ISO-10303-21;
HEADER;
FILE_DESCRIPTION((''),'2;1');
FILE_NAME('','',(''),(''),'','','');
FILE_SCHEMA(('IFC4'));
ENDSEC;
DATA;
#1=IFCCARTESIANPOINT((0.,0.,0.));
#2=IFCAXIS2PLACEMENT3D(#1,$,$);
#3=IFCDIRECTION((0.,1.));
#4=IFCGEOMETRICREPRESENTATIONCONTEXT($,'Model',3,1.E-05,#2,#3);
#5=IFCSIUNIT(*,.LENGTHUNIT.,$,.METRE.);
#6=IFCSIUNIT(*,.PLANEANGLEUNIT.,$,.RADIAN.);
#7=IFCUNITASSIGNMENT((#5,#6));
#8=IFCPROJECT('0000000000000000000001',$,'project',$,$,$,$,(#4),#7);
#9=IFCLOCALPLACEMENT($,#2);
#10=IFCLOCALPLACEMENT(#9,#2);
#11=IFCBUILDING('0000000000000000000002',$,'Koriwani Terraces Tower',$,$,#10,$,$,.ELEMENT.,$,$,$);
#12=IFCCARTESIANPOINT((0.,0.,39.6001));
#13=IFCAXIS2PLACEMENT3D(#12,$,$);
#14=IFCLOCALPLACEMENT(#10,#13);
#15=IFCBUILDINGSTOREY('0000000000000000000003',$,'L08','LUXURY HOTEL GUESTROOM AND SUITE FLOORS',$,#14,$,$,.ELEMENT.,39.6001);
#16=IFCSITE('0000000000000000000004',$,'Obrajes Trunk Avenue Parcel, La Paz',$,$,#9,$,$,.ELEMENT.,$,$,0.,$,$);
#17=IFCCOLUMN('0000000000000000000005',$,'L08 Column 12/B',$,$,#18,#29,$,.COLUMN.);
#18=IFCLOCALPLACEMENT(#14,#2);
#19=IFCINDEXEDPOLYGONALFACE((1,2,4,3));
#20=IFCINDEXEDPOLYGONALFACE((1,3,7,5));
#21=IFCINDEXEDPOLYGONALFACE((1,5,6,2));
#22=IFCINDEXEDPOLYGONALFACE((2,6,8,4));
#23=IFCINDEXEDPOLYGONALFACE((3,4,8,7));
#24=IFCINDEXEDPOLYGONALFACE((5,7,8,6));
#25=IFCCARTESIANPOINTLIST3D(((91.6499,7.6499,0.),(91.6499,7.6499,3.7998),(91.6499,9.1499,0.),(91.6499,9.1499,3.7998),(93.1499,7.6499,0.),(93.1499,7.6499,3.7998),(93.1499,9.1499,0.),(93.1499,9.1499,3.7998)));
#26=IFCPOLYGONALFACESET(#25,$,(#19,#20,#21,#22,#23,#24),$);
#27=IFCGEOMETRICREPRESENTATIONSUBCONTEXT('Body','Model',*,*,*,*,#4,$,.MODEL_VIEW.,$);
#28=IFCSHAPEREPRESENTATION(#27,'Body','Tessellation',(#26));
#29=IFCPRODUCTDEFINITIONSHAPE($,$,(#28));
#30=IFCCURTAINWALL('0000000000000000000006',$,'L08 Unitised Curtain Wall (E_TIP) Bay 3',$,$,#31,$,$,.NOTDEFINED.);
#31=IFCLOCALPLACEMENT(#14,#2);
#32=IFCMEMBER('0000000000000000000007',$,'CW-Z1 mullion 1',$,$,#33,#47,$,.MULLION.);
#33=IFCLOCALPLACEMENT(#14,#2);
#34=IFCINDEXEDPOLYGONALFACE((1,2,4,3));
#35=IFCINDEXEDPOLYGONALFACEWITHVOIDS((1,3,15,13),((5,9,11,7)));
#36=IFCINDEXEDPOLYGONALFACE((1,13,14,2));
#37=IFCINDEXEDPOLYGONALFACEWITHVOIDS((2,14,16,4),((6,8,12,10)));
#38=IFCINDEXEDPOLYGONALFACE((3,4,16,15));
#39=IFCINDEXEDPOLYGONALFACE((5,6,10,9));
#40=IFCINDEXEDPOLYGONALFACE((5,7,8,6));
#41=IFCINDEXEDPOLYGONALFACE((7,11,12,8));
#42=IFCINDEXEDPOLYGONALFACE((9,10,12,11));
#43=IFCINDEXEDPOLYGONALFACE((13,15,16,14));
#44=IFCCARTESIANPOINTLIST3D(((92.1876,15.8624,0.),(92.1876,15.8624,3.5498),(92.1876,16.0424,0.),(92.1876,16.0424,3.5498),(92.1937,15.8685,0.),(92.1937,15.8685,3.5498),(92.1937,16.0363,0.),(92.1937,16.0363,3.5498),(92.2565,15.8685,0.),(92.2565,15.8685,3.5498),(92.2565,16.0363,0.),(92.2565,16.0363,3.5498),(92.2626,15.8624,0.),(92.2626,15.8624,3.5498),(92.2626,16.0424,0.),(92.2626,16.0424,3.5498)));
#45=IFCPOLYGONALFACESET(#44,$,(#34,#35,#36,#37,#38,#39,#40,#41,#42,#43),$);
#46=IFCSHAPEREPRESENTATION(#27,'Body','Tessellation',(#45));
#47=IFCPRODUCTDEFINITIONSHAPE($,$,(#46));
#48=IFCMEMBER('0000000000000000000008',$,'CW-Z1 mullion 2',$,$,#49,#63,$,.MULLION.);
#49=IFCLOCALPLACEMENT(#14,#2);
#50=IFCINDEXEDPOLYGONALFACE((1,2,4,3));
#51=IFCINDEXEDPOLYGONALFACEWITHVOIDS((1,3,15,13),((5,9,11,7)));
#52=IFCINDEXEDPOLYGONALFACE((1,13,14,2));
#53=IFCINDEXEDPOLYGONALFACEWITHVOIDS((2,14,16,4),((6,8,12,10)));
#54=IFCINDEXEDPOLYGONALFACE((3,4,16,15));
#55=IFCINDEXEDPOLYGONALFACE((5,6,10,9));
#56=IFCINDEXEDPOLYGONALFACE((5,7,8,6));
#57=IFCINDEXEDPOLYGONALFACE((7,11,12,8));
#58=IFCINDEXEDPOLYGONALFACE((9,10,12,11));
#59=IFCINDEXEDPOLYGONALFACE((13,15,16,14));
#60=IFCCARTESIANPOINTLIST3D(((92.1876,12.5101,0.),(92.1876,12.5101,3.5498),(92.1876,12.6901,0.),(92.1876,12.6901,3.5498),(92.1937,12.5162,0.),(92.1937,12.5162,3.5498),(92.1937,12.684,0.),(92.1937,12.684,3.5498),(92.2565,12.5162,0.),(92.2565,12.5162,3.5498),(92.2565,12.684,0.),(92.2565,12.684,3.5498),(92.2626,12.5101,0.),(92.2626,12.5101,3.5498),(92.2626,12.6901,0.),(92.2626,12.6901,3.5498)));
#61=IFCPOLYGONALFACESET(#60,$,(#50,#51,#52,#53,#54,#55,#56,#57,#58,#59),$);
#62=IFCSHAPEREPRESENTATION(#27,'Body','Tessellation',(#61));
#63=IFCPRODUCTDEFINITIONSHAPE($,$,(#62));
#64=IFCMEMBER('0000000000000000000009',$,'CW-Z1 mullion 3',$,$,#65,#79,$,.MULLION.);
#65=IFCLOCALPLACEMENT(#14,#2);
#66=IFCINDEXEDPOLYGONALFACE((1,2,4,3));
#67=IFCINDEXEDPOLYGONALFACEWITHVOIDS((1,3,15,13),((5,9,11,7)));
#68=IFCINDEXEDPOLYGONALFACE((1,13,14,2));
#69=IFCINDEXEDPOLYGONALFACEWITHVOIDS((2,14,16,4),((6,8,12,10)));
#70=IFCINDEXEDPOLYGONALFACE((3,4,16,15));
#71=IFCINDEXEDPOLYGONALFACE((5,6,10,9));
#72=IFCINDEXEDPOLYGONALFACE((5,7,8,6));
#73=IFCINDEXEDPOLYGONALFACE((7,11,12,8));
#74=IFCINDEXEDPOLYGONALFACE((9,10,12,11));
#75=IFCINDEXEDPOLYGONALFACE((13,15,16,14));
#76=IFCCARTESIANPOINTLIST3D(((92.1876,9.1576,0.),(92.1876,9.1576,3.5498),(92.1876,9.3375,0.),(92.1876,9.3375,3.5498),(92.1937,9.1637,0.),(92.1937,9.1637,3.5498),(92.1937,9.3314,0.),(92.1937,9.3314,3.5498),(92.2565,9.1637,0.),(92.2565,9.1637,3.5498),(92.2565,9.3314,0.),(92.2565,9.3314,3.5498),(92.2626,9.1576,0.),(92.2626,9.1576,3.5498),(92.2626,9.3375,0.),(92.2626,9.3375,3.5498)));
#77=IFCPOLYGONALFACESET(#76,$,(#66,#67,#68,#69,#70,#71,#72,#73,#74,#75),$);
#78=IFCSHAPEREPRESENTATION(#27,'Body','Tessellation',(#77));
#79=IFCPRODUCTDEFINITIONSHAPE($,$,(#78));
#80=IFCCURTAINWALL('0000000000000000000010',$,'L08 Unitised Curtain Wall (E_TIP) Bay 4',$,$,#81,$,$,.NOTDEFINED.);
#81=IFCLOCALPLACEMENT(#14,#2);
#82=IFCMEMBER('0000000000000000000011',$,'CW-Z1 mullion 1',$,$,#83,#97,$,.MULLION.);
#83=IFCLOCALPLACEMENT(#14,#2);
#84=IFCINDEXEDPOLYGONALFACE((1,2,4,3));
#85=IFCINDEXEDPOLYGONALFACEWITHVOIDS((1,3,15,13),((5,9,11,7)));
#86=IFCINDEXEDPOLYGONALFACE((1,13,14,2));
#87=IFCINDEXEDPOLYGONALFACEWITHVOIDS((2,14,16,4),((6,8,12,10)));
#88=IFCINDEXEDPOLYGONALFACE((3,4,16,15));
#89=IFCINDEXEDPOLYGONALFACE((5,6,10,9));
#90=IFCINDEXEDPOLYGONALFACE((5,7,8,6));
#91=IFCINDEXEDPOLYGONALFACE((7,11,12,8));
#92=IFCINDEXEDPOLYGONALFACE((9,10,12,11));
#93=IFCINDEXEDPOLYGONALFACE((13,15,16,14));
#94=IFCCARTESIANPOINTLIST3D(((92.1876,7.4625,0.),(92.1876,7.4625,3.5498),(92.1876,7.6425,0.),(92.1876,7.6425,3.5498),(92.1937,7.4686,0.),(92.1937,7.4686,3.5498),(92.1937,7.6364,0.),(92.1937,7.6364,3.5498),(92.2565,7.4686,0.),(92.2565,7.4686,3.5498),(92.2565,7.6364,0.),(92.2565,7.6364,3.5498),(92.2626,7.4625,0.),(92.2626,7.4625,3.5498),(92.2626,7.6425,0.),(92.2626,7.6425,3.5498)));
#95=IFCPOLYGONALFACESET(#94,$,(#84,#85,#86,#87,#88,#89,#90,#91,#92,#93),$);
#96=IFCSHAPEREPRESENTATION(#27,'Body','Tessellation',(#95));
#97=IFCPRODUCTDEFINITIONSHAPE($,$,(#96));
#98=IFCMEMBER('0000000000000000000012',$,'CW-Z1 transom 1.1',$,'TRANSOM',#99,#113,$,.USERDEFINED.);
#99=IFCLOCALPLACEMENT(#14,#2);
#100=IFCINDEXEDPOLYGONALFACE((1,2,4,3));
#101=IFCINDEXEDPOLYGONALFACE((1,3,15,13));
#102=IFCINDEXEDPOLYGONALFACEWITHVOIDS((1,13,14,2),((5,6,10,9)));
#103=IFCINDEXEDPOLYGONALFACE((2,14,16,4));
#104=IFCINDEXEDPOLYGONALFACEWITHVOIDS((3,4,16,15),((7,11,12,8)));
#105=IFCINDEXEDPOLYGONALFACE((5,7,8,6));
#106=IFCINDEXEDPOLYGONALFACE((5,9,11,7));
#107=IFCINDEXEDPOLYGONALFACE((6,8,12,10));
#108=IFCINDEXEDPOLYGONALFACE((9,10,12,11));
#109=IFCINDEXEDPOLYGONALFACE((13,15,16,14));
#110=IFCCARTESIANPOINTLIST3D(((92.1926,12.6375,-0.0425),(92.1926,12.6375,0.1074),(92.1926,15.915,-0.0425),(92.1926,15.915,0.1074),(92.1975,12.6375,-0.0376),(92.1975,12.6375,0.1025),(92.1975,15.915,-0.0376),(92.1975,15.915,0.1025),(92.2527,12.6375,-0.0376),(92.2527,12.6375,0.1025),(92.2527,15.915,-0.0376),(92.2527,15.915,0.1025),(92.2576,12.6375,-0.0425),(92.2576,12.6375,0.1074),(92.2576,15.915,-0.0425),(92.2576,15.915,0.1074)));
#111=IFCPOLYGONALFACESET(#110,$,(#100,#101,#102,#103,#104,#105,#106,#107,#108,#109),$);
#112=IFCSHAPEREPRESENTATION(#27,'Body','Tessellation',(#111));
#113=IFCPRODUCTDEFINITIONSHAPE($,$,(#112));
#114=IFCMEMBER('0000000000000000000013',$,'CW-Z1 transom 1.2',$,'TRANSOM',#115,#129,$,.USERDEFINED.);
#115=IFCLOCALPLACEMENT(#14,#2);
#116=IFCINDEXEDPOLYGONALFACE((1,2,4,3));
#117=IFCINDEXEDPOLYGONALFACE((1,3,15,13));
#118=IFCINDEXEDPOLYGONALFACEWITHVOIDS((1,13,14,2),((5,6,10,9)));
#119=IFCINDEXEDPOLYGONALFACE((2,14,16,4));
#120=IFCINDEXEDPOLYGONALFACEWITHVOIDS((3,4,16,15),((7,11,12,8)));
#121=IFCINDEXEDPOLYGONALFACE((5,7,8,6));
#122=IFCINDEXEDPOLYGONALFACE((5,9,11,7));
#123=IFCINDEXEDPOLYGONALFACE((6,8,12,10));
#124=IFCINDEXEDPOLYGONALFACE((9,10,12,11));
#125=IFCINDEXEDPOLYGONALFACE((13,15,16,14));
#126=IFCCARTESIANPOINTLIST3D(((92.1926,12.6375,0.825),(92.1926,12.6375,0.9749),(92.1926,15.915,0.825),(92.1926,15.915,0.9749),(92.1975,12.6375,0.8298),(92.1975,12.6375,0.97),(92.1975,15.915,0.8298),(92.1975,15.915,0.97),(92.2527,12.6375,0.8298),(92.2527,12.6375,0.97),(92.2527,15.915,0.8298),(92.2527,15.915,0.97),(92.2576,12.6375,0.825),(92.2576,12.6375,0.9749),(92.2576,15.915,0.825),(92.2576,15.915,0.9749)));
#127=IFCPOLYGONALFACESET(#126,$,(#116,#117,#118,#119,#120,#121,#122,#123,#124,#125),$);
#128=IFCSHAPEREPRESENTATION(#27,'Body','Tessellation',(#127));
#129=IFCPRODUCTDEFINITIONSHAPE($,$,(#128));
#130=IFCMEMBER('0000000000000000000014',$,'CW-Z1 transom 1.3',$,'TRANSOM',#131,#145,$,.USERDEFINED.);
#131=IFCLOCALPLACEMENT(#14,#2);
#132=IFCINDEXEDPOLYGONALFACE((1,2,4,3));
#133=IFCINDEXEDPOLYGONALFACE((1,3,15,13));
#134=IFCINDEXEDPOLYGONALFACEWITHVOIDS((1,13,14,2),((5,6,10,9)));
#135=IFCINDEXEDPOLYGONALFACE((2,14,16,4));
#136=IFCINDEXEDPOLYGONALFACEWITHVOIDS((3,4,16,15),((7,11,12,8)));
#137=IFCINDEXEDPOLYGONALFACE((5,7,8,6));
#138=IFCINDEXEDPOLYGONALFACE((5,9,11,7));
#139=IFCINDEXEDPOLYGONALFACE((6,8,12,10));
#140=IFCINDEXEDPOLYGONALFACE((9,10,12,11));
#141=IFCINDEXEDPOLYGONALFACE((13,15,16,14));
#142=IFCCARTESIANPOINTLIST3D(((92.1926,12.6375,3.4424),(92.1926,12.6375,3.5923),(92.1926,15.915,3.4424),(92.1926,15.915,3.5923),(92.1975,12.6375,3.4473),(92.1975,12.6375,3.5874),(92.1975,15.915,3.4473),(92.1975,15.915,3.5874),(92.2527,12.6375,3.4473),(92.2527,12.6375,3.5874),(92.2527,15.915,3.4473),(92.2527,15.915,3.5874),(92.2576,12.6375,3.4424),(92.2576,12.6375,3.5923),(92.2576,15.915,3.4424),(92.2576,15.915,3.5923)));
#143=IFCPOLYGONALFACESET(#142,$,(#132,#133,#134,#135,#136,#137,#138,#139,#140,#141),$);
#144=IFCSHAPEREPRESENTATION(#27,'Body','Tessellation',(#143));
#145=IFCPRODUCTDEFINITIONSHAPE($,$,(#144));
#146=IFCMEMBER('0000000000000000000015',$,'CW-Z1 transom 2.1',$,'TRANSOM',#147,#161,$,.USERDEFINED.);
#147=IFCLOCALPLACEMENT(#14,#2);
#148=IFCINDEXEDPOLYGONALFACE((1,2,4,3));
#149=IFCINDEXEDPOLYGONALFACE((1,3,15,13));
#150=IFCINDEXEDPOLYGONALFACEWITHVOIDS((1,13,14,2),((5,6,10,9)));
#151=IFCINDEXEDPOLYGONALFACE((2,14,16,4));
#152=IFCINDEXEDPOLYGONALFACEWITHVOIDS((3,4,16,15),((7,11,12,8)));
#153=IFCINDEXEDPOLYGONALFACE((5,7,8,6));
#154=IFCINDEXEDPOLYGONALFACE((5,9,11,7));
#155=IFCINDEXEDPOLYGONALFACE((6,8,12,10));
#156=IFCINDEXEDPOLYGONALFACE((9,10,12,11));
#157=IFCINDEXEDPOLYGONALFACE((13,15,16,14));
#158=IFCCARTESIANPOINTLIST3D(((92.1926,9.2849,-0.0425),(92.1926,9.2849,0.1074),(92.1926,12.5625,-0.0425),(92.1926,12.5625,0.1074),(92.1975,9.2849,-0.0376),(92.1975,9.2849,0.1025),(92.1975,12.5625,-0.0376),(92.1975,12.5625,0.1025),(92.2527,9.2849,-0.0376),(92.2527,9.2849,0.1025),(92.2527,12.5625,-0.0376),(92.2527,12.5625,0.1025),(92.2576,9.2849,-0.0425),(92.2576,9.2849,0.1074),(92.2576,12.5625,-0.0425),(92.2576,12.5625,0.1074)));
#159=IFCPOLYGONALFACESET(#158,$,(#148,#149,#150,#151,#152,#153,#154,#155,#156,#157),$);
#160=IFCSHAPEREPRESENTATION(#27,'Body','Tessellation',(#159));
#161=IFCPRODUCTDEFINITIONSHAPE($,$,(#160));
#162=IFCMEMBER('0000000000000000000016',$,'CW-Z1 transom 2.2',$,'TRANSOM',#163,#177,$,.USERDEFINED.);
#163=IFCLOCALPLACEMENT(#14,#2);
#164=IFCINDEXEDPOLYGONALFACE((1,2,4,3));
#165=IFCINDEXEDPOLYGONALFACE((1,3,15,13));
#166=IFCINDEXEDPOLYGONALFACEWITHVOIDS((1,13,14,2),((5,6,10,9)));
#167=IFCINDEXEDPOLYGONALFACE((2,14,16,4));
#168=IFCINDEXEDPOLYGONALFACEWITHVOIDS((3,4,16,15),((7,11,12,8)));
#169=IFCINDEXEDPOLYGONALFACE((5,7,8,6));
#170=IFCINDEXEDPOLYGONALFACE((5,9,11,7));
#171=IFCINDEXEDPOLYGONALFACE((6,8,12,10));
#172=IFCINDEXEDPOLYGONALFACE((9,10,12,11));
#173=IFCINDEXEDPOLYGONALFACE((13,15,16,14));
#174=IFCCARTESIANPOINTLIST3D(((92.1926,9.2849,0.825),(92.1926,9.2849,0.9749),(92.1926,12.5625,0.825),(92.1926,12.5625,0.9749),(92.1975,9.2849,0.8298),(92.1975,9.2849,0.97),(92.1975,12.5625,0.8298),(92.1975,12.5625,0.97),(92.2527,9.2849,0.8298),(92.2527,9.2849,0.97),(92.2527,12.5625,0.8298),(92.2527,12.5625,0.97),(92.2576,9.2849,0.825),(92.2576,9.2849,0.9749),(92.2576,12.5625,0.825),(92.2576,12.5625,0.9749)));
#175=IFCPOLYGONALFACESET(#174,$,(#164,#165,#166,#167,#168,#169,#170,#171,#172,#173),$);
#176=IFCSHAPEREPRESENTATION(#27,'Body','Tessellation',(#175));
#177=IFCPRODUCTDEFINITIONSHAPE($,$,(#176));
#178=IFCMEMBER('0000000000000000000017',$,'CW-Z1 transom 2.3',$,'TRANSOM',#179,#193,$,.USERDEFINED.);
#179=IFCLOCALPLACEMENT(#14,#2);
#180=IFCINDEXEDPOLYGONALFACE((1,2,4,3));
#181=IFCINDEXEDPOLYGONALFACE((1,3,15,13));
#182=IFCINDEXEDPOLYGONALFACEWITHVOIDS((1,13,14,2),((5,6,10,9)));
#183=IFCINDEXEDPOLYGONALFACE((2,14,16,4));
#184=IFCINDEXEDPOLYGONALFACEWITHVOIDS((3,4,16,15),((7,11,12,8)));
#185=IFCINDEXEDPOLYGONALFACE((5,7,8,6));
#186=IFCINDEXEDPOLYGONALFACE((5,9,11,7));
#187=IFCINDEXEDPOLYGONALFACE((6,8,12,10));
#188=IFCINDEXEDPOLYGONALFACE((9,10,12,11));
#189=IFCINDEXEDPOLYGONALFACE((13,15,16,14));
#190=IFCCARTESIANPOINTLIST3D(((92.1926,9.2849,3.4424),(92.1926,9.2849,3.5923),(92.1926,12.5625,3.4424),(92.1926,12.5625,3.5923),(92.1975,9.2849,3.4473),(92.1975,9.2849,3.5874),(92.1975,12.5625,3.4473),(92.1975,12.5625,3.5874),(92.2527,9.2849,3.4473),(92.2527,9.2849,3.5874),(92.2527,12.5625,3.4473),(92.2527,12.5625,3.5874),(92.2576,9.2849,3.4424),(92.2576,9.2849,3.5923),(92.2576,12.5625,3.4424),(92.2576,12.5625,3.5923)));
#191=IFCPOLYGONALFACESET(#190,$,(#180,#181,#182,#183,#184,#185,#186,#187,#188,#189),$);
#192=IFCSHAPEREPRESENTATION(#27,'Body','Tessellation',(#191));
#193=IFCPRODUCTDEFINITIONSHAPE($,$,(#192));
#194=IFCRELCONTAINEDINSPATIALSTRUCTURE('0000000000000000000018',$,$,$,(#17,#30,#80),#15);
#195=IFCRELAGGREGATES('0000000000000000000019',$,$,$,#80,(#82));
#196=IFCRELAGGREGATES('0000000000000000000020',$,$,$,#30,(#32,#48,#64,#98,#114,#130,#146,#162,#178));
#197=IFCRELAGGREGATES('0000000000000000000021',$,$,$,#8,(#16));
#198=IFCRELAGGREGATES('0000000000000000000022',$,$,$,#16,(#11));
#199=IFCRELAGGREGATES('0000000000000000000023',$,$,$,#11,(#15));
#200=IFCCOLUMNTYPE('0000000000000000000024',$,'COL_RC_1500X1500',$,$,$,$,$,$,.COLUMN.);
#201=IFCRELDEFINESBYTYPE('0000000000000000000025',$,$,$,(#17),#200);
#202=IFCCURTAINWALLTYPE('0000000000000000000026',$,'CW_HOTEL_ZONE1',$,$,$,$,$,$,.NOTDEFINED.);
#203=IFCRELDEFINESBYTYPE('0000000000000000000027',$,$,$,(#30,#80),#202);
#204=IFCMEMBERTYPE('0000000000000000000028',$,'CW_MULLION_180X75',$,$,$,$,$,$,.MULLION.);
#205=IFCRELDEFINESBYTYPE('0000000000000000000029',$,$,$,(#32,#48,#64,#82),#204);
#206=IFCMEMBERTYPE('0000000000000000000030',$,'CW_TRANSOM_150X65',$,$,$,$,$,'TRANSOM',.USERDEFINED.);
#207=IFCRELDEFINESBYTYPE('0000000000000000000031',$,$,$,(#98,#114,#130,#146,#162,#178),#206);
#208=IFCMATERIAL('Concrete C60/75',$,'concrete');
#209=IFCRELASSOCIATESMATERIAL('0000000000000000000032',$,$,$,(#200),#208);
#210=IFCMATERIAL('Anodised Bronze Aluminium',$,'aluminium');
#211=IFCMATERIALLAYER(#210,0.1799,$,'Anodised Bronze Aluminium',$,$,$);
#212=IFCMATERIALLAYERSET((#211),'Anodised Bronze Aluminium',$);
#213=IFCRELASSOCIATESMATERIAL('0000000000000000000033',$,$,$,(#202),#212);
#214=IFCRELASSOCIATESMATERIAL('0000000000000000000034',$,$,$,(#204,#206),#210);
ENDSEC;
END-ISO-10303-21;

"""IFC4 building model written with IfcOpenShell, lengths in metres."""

from ifc_helpers import new_model, si_unit, direction, frame, origin, origin_2d, place, context, subcontext, project, spatial, rectangle, hollow_rectangle, extrude, material, layer, layer_set, material_profile, profile_set, type_object, element, aggregate, save


model = new_model("IFC4")

# Units and contexts
model_context = context("Model", 3, precision=1e-05, world=origin(), true_north=direction((0.0, 1.0)))
body_context = subcontext(model_context, "Body", "Model", "MODEL_VIEW")
ifc_project = project(units=[si_unit("LENGTHUNIT", "METRE"), si_unit("PLANEANGLEUNIT", "RADIAN")], contexts=[model_context])

# Site, building, storey
site_placement = place(None, origin())
site = spatial("IfcSite", under=ifc_project, at=site_placement, Name="Obrajes Trunk Avenue Parcel, La Paz", CompositionType="ELEMENT", RefElevation=0.0)
building_placement = place(site_placement, origin())
building = spatial("IfcBuilding", under=site, at=building_placement, Name="Koriwani Terraces Tower", CompositionType="ELEMENT")
storey_placement = place(building_placement, frame((0.0, 0.0, 39.6001)))
storey = spatial("IfcBuildingStorey", under=building, at=storey_placement, Name="L08", Description="LUXURY HOTEL GUESTROOM AND SUITE FLOORS", CompositionType="ELEMENT", Elevation=39.6001)

# Column
ifc_material_1 = material(Name="Concrete C60/75", Category="concrete")
ifc_material_profile_1 = material_profile(ifc_material_1, rectangle(XDim=1.5, YDim=1.5, at=origin_2d()), Name="Concrete C60/75", Category="LoadBearing")
ifc_profile_set_1 = profile_set([ifc_material_profile_1], Name="Concrete C60/75")
column_type = type_object("IfcColumnType", Name="COL_RC_1500X1500", PredefinedType="COLUMN", material=ifc_profile_set_1)
column_placement = place(storey_placement, frame((92.3999, 8.3999, 0.0), z_axis=(0.0, 0.0, 1.0), x_axis=(1.0, 0.0, 0.0)))
element("IfcColumn", 1, at=column_placement, inside=storey, type_object=column_type, Name="L08 Column 12/B", PredefinedType="COLUMN", context=body_context, shape_type="SweptSolid", body=[
    extrude(rectangle(XDim=1.5, YDim=1.5, at=origin_2d()), origin(), (0.0, 0.0, 1.0), 3.7998),
])

# Curtain wall, members
ifc_material_2 = material(Name="Anodised Bronze Aluminium", Category="aluminium")
ifc_layer_1 = layer(ifc_material_2, 0.1799, Name="Anodised Bronze Aluminium")
ifc_layer_set_1 = layer_set([ifc_layer_1], Name="Anodised Bronze Aluminium")
curtain_wall_type = type_object("IfcCurtainWallType", Name="CW_HOTEL_ZONE1", PredefinedType="NOTDEFINED", material=ifc_layer_set_1)
curtain_wall_1_placement = place(storey_placement, origin())
curtain_wall_1 = element("IfcCurtainWall", 2, at=curtain_wall_1_placement, inside=storey, type_object=curtain_wall_type, Name="L08 Unitised Curtain Wall (E_TIP) Bay 3", PredefinedType="NOTDEFINED")
ifc_material_profile_2 = material_profile(ifc_material_2, hollow_rectangle(XDim=0.075, YDim=0.1799, WallThickness=0.0061, at=origin_2d()), Name="Anodised Bronze Aluminium", Category="LoadBearing")
ifc_profile_set_2 = profile_set([ifc_material_profile_2], Name="Anodised Bronze Aluminium")
member_type_1 = type_object("IfcMemberType", Name="CW_MULLION_180X75", PredefinedType="MULLION", material=ifc_profile_set_2)
member_1_placement = place(storey_placement, frame((92.2251, 15.9524, 0.0), z_axis=(0.0, 0.0, 1.0), x_axis=(1.0, 0.0, 0.0)))
member_1 = element("IfcMember", 3, at=member_1_placement, type_object=member_type_1, Name="CW-Z1 mullion 1", PredefinedType="MULLION", context=body_context, shape_type="SweptSolid", body=[
    extrude(hollow_rectangle(XDim=0.075, YDim=0.1799, WallThickness=0.0061, at=origin_2d()), origin(), (0.0, 0.0, 1.0), 3.5498),
])
member_2_placement = place(storey_placement, frame((92.2251, 12.6001, 0.0), z_axis=(0.0, 0.0, 1.0), x_axis=(1.0, 0.0, 0.0)))
member_2 = element("IfcMember", 4, at=member_2_placement, type_object=member_type_1, Name="CW-Z1 mullion 2", PredefinedType="MULLION", context=body_context, shape_type="SweptSolid", body=[
    extrude(hollow_rectangle(XDim=0.075, YDim=0.1799, WallThickness=0.0061, at=origin_2d()), origin(), (0.0, 0.0, 1.0), 3.5498),
])
member_3_placement = place(storey_placement, frame((92.2251, 9.2476, 0.0), z_axis=(0.0, 0.0, 1.0), x_axis=(1.0, 0.0, 0.0)))
member_3 = element("IfcMember", 5, at=member_3_placement, type_object=member_type_1, Name="CW-Z1 mullion 3", PredefinedType="MULLION", context=body_context, shape_type="SweptSolid", body=[
    extrude(hollow_rectangle(XDim=0.075, YDim=0.1799, WallThickness=0.0061, at=origin_2d()), origin(), (0.0, 0.0, 1.0), 3.5498),
])

# Curtain wall, member
curtain_wall_2_placement = place(storey_placement, origin())
curtain_wall_2 = element("IfcCurtainWall", 6, at=curtain_wall_2_placement, inside=storey, type_object=curtain_wall_type, Name="L08 Unitised Curtain Wall (E_TIP) Bay 4", PredefinedType="NOTDEFINED")
member_4_placement = place(storey_placement, frame((92.2251, 7.5525, 0.0), z_axis=(0.0, 0.0, 1.0), x_axis=(1.0, 0.0, 0.0)))
member_4 = element("IfcMember", 7, at=member_4_placement, type_object=member_type_1, Name="CW-Z1 mullion 1", PredefinedType="MULLION", context=body_context, shape_type="SweptSolid", body=[
    extrude(hollow_rectangle(XDim=0.075, YDim=0.1799, WallThickness=0.0061, at=origin_2d()), origin(), (0.0, 0.0, 1.0), 3.5498),
])
aggregate(curtain_wall_2, [member_4])

# Members
ifc_material_profile_3 = material_profile(ifc_material_2, hollow_rectangle(XDim=0.0649, YDim=0.1499, WallThickness=0.0049, at=origin_2d()), Name="Anodised Bronze Aluminium", Category="LoadBearing")
ifc_profile_set_3 = profile_set([ifc_material_profile_3], Name="Anodised Bronze Aluminium")
member_type_2 = type_object("IfcMemberType", Name="CW_TRANSOM_150X65", ElementType="TRANSOM", PredefinedType="USERDEFINED", material=ifc_profile_set_3)
member_5_placement = place(storey_placement, frame((92.2251, 15.915, 0.0325), z_axis=(0.0, -1.0, 0.0), x_axis=(1.0, 0.0, 0.0)))
member_5 = element("IfcMember", 8, at=member_5_placement, type_object=member_type_2, Name="CW-Z1 transom 1.1", ObjectType="TRANSOM", PredefinedType="USERDEFINED", context=body_context, shape_type="SweptSolid", body=[
    extrude(hollow_rectangle(XDim=0.0649, YDim=0.1499, WallThickness=0.0049, at=origin_2d()), origin(), (0.0, 0.0, 1.0), 3.2776),
])
member_6_placement = place(storey_placement, frame((92.2251, 15.915, 0.8999), z_axis=(0.0, -1.0, 0.0), x_axis=(1.0, 0.0, 0.0)))
member_6 = element("IfcMember", 9, at=member_6_placement, type_object=member_type_2, Name="CW-Z1 transom 1.2", ObjectType="TRANSOM", PredefinedType="USERDEFINED", context=body_context, shape_type="SweptSolid", body=[
    extrude(hollow_rectangle(XDim=0.0649, YDim=0.1499, WallThickness=0.0049, at=origin_2d()), origin(), (0.0, 0.0, 1.0), 3.2776),
])
member_7_placement = place(storey_placement, frame((92.2251, 15.915, 3.5173), z_axis=(0.0, -1.0, 0.0), x_axis=(1.0, 0.0, 0.0)))
member_7 = element("IfcMember", 10, at=member_7_placement, type_object=member_type_2, Name="CW-Z1 transom 1.3", ObjectType="TRANSOM", PredefinedType="USERDEFINED", context=body_context, shape_type="SweptSolid", body=[
    extrude(hollow_rectangle(XDim=0.0649, YDim=0.1499, WallThickness=0.0049, at=origin_2d()), origin(), (0.0, 0.0, 1.0), 3.2776),
])
member_8_placement = place(storey_placement, frame((92.2251, 12.5625, 0.0325), z_axis=(0.0, -1.0, 0.0), x_axis=(1.0, 0.0, 0.0)))
member_8 = element("IfcMember", 11, at=member_8_placement, type_object=member_type_2, Name="CW-Z1 transom 2.1", ObjectType="TRANSOM", PredefinedType="USERDEFINED", context=body_context, shape_type="SweptSolid", body=[
    extrude(hollow_rectangle(XDim=0.0649, YDim=0.1499, WallThickness=0.0049, at=origin_2d()), origin(), (0.0, 0.0, 1.0), 3.2776),
])
member_9_placement = place(storey_placement, frame((92.2251, 12.5625, 0.8999), z_axis=(0.0, -1.0, 0.0), x_axis=(1.0, 0.0, 0.0)))
member_9 = element("IfcMember", 12, at=member_9_placement, type_object=member_type_2, Name="CW-Z1 transom 2.2", ObjectType="TRANSOM", PredefinedType="USERDEFINED", context=body_context, shape_type="SweptSolid", body=[
    extrude(hollow_rectangle(XDim=0.0649, YDim=0.1499, WallThickness=0.0049, at=origin_2d()), origin(), (0.0, 0.0, 1.0), 3.2776),
])
member_10_placement = place(storey_placement, frame((92.2251, 12.5625, 3.5173), z_axis=(0.0, -1.0, 0.0), x_axis=(1.0, 0.0, 0.0)))
member_10 = element("IfcMember", 13, at=member_10_placement, type_object=member_type_2, Name="CW-Z1 transom 2.3", ObjectType="TRANSOM", PredefinedType="USERDEFINED", context=body_context, shape_type="SweptSolid", body=[
    extrude(hollow_rectangle(XDim=0.0649, YDim=0.1499, WallThickness=0.0049, at=origin_2d()), origin(), (0.0, 0.0, 1.0), 3.2776),
])

aggregate(curtain_wall_1, [member_1, member_2, member_3, member_5, member_6, member_7, member_8, member_9, member_10])

save(model, "model.ifc")
